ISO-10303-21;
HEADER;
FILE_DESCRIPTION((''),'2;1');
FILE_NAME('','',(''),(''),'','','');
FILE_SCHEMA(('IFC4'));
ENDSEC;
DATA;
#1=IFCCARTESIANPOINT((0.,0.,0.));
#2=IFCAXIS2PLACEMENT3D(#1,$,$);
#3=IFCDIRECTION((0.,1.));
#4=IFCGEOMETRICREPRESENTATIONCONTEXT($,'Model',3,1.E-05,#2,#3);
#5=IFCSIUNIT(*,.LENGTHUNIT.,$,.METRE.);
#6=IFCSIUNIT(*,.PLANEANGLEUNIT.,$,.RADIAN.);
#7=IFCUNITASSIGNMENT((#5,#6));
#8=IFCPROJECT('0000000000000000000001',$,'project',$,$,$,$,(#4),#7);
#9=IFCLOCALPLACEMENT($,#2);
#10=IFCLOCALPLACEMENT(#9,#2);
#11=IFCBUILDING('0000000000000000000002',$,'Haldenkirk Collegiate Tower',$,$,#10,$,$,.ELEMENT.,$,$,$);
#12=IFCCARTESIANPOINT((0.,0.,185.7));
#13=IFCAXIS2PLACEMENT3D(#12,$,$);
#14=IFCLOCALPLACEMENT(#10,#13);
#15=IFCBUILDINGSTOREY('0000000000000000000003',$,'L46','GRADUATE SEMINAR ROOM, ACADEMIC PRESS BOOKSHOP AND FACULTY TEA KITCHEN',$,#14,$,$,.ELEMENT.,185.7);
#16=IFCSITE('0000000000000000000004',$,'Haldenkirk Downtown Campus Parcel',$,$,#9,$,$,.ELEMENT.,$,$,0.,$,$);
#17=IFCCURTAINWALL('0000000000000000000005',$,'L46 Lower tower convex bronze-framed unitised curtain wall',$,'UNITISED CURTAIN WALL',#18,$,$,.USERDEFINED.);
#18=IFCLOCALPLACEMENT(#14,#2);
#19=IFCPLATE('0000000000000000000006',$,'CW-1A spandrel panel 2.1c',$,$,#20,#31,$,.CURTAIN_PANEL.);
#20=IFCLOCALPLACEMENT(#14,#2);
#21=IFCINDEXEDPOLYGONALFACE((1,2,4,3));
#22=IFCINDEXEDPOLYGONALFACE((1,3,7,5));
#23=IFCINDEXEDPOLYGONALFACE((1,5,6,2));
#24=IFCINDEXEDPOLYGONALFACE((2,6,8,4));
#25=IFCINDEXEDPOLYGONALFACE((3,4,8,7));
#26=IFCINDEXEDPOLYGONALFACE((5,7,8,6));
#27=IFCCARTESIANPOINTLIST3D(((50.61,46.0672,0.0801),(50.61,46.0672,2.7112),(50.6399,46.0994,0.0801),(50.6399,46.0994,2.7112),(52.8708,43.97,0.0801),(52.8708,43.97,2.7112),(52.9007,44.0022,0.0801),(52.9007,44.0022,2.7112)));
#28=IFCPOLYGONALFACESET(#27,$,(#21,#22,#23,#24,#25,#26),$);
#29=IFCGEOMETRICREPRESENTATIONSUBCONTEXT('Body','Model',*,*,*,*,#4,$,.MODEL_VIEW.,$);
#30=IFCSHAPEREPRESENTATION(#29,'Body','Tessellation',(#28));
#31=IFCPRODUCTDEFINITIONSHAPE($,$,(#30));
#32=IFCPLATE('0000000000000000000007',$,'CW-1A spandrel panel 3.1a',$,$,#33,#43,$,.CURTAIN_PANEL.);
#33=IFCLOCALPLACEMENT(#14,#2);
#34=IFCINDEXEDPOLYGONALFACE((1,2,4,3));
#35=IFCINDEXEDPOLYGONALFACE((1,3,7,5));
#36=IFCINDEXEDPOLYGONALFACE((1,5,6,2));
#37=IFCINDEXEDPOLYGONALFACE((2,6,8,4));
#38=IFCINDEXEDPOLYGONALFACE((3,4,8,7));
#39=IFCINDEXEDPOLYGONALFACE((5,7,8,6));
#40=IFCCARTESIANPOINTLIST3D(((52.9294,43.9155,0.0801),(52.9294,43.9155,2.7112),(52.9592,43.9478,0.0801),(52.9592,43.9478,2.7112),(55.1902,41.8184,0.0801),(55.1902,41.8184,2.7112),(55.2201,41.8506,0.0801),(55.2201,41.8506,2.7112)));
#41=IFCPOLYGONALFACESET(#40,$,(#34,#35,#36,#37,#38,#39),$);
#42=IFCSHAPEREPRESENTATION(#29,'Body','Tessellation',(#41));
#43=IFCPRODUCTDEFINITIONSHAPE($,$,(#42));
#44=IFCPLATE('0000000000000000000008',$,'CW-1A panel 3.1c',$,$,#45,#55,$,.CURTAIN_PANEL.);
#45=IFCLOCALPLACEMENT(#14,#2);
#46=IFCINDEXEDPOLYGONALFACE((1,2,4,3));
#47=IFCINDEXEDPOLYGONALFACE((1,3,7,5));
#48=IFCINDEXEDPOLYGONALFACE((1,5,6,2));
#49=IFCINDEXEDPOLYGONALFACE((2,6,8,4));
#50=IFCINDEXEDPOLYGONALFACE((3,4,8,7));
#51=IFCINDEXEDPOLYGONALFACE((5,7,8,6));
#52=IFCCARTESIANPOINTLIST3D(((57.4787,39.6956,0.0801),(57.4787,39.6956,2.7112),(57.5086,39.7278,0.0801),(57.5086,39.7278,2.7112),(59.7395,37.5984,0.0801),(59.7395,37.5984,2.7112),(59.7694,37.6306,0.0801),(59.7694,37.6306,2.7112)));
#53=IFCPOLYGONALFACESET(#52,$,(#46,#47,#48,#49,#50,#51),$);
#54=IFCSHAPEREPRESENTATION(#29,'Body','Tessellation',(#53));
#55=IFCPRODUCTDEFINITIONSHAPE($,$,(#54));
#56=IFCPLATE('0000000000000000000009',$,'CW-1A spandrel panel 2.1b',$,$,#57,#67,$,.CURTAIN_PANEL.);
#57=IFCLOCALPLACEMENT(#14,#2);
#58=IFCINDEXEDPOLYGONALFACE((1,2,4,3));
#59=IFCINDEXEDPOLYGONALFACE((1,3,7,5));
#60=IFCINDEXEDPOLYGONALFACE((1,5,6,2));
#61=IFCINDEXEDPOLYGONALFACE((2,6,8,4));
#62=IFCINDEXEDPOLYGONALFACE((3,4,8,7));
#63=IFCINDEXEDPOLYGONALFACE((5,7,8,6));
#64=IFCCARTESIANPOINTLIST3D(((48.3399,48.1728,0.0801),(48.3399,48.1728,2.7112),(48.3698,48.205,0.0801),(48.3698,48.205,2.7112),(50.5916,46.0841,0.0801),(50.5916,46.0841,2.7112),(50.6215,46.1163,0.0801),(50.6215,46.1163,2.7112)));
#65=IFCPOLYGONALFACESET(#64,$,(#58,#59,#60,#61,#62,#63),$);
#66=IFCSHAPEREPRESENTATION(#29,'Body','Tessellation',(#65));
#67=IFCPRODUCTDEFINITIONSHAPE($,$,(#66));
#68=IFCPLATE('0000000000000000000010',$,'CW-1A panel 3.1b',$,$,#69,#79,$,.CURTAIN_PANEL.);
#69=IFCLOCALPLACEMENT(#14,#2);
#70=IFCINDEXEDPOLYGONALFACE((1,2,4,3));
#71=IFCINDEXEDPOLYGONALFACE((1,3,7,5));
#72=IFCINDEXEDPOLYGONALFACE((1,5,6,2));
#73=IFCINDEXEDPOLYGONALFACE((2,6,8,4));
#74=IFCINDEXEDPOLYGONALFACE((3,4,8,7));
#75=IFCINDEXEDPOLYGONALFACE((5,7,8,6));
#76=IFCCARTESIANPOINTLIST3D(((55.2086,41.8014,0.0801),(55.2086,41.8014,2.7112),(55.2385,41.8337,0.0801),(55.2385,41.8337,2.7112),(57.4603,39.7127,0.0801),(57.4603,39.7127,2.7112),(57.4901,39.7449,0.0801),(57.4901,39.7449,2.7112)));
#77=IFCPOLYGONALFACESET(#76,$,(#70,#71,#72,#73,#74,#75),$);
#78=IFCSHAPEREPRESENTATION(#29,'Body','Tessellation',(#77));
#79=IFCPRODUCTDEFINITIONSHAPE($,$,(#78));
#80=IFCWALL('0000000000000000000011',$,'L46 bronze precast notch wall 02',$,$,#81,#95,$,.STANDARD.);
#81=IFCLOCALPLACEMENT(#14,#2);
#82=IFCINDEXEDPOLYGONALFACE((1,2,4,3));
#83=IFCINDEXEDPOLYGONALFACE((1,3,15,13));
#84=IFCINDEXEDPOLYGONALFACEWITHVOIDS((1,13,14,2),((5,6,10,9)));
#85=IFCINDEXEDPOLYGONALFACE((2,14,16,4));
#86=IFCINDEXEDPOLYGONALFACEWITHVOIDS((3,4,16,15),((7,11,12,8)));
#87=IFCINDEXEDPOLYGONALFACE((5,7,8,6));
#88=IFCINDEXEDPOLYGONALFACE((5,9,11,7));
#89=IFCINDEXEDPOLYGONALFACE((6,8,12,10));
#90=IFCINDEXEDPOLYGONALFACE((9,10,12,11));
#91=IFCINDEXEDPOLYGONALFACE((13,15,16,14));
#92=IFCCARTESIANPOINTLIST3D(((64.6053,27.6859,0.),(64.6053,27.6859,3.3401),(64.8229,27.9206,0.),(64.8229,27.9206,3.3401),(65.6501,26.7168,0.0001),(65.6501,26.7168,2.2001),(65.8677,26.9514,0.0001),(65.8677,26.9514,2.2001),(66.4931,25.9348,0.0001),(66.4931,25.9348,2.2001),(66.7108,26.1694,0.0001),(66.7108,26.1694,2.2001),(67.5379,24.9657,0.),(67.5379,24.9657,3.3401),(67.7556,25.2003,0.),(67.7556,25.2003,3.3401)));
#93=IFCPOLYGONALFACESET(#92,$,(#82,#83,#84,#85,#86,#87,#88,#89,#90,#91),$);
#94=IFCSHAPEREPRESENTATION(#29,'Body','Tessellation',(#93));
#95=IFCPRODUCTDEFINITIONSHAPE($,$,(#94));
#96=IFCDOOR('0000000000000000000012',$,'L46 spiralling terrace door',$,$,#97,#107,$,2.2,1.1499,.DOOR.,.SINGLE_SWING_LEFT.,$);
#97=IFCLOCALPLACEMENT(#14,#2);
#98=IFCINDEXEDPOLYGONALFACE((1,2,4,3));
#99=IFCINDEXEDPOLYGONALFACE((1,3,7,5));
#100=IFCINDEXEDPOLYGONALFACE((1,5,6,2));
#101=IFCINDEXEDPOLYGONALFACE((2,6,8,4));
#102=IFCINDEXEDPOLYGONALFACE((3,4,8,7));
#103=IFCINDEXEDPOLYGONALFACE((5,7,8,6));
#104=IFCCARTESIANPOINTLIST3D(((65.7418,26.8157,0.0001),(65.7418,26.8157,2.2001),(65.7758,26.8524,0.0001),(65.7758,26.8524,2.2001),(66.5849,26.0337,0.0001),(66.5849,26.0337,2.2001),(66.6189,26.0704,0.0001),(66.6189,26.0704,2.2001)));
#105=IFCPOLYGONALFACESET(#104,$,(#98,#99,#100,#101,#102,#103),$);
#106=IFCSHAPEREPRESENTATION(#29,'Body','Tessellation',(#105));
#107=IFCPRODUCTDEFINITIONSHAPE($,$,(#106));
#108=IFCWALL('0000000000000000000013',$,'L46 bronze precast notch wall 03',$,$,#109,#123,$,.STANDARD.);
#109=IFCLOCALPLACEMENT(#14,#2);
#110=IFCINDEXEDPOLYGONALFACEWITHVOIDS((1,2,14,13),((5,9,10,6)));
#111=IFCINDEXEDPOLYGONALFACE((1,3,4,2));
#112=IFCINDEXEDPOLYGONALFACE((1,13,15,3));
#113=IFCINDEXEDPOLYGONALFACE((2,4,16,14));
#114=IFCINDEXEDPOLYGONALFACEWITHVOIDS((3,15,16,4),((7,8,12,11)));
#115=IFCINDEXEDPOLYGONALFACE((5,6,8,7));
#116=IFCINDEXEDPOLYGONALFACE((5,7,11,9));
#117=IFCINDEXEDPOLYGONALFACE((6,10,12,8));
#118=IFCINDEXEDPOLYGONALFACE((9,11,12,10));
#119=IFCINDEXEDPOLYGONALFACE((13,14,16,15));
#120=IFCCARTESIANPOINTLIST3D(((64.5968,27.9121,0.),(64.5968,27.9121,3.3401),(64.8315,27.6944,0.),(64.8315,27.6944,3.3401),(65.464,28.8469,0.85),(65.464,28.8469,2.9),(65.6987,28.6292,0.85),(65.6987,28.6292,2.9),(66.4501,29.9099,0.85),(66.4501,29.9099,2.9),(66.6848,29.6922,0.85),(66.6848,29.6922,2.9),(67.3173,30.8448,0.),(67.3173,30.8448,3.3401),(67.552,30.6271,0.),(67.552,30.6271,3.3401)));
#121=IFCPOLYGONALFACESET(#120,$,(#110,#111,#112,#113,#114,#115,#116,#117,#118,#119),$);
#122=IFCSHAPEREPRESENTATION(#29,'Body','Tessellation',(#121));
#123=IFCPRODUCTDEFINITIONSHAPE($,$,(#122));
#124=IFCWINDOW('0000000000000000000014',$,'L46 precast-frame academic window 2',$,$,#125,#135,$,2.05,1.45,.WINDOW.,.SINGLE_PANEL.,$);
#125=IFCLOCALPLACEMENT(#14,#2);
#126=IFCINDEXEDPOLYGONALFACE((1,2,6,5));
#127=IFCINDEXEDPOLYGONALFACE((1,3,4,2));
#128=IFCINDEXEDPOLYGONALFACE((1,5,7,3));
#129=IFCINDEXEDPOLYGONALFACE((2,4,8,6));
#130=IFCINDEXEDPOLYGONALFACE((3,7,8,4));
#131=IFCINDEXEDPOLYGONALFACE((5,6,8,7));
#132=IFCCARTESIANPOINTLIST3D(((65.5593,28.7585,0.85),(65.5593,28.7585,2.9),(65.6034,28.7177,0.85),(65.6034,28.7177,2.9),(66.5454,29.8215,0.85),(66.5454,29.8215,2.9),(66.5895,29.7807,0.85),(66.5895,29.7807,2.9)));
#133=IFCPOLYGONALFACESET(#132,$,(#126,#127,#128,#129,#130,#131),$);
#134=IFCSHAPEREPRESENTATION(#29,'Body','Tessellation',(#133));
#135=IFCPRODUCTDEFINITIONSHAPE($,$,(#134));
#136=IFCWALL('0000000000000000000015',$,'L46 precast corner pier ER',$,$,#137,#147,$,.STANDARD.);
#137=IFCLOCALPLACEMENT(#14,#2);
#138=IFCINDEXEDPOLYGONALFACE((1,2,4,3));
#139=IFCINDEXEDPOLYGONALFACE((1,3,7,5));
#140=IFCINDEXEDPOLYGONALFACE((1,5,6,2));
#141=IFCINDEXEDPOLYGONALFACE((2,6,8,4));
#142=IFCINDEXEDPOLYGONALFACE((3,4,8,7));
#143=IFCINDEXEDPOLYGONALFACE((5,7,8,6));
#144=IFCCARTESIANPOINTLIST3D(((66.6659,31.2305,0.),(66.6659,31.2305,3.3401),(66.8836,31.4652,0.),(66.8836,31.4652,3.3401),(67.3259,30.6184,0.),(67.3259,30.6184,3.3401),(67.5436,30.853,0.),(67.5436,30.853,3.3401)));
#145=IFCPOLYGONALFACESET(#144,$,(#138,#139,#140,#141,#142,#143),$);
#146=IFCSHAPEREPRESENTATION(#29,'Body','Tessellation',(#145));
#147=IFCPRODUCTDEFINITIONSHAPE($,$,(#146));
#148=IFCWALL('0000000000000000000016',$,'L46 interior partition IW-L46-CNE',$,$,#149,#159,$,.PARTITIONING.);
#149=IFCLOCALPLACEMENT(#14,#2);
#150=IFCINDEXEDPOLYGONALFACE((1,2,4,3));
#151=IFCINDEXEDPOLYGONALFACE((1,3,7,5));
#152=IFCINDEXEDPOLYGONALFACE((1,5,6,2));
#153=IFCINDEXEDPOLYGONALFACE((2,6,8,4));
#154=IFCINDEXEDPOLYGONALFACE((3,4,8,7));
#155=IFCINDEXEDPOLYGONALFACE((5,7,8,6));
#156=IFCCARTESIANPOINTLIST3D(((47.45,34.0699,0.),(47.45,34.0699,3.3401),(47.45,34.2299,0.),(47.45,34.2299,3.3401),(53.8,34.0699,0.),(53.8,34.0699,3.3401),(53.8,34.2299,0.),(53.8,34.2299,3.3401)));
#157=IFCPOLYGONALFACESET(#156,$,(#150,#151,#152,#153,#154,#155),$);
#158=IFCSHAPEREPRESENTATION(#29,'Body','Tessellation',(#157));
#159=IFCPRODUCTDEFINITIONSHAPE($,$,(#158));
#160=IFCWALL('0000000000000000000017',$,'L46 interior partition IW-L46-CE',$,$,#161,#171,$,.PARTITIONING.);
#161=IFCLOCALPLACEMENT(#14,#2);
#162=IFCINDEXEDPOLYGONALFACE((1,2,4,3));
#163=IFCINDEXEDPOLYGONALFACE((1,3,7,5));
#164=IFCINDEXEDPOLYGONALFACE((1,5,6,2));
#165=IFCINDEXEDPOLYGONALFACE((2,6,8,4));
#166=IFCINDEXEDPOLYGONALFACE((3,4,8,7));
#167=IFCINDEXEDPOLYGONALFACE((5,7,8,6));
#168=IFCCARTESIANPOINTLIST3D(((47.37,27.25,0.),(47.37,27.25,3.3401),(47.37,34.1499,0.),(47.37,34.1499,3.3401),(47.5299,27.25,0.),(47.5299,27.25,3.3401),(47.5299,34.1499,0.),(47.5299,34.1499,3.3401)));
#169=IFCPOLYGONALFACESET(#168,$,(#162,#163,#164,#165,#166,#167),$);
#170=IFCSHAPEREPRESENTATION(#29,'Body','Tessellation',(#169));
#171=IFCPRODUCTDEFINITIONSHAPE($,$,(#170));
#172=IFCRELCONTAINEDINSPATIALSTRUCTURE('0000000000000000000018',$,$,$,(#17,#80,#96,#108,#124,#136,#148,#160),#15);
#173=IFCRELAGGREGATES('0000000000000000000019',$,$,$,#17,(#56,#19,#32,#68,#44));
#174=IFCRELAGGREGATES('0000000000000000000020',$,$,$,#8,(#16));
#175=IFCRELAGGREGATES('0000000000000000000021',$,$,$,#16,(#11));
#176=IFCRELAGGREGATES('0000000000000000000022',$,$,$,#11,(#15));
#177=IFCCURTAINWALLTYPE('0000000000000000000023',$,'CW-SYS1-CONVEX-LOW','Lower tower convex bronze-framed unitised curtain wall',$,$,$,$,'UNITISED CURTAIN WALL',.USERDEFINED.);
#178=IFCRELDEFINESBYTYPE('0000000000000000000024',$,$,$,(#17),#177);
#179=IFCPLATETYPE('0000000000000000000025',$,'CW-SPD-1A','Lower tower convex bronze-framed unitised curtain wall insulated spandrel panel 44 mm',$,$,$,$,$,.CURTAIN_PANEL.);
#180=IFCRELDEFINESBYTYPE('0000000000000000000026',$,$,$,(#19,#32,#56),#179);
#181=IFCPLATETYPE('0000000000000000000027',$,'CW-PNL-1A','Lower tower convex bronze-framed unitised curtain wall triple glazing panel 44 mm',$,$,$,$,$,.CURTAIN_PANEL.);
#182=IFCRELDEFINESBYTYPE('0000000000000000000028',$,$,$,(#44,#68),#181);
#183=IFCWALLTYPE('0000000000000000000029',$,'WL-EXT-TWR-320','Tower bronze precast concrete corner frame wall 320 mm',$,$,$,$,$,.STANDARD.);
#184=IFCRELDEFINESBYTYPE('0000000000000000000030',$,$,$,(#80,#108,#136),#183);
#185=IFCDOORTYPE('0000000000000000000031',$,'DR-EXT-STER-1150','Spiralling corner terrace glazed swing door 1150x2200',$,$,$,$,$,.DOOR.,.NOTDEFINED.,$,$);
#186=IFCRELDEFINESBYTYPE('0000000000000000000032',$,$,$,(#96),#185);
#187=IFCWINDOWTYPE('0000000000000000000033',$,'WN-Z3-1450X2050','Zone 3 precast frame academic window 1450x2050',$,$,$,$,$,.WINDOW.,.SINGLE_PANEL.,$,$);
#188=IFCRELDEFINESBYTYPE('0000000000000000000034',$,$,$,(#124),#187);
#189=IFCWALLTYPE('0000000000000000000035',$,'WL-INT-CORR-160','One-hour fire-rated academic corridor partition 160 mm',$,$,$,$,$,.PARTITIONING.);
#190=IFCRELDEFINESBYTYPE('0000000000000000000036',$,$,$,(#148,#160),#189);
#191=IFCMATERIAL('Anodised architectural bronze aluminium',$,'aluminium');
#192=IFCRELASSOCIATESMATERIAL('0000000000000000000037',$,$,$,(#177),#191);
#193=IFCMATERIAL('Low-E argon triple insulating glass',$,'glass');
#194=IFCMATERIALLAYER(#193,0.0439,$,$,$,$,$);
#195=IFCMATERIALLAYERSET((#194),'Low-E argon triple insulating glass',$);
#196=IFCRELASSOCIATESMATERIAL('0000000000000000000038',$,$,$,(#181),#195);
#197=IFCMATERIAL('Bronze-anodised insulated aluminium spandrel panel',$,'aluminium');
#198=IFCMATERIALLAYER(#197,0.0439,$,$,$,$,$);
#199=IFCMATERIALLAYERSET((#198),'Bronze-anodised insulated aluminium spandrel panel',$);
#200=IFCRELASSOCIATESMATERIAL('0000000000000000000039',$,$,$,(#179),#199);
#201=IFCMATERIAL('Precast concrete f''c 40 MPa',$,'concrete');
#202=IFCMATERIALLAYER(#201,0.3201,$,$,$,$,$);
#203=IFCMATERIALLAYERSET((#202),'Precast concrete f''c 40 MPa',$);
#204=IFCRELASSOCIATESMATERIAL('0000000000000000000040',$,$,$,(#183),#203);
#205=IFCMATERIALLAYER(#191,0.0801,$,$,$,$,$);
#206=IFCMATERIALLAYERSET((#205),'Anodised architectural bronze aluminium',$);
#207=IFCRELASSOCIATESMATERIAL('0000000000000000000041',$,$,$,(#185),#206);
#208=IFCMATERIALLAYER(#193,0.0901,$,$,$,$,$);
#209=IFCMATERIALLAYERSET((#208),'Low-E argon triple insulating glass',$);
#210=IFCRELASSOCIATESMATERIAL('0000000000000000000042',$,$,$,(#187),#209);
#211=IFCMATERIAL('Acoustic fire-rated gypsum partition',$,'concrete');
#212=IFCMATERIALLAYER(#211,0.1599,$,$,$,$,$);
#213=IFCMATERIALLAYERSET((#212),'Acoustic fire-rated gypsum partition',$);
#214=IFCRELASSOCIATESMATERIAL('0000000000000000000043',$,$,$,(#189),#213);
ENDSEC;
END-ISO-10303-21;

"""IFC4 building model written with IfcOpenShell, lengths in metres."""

from ifc_helpers import new_model, si_unit, direction, frame, frame_2d, origin, origin_2d, place, context, subcontext, project, spatial, rectangle, extrude, source, transform, mapped, material, layer, layer_set, type_object, element, fill, aggregate, save


model = new_model("IFC4")

# Units and contexts
model_context = context("Model", 3, precision=1e-05, world=origin(), true_north=direction((0.0, 1.0)))
body_context = subcontext(model_context, "Body", "Model", "MODEL_VIEW")
ifc_project = project(units=[si_unit("LENGTHUNIT", "METRE"), si_unit("PLANEANGLEUNIT", "RADIAN")], contexts=[model_context])

# Site, building, storey
site_placement = place(None, origin())
site = spatial("IfcSite", under=ifc_project, at=site_placement, Name="Haldenkirk Downtown Campus Parcel", CompositionType="ELEMENT", RefElevation=0.0)
building_placement = place(site_placement, origin())
building = spatial("IfcBuilding", under=site, at=building_placement, Name="Haldenkirk Collegiate Tower", CompositionType="ELEMENT")
storey_placement = place(building_placement, frame((0.0, 0.0, 185.7)))
storey = spatial("IfcBuildingStorey", under=building, at=storey_placement, Name="L46", Description="GRADUATE SEMINAR ROOM, ACADEMIC PRESS BOOKSHOP AND FACULTY TEA KITCHEN", CompositionType="ELEMENT", Elevation=185.7)

# Curtain wall, plates
ifc_material_1 = material(Name="Anodised architectural bronze aluminium", Category="aluminium")
curtain_wall_type = type_object("IfcCurtainWallType", Name="CW-SYS1-CONVEX-LOW", Description="Lower tower convex bronze-framed unitised curtain wall", ElementType="UNITISED CURTAIN WALL", PredefinedType="USERDEFINED", material=ifc_material_1)
curtain_wall_placement = place(storey_placement, origin())
curtain_wall = element("IfcCurtainWall", 1, at=curtain_wall_placement, inside=storey, type_object=curtain_wall_type, Name="L46 Lower tower convex bronze-framed unitised curtain wall", ObjectType="UNITISED CURTAIN WALL", PredefinedType="USERDEFINED")
ifc_material_2 = material(Name="Low-E argon triple insulating glass", Category="glass")
ifc_layer_1 = layer(ifc_material_2, 0.0439)
ifc_layer_set_1 = layer_set([ifc_layer_1], Name="Low-E argon triple insulating glass")
plate_type_1 = type_object("IfcPlateType", Name="CW-PNL-1A", Description="Lower tower convex bronze-framed unitised curtain wall triple glazing panel 44 mm", PredefinedType="CURTAIN_PANEL", material=ifc_layer_set_1)
ifc_material_3 = material(Name="Bronze-anodised insulated aluminium spandrel panel", Category="aluminium")
ifc_layer_2 = layer(ifc_material_3, 0.0439)
ifc_layer_set_2 = layer_set([ifc_layer_2], Name="Bronze-anodised insulated aluminium spandrel panel")
plate_type_2 = type_object("IfcPlateType", Name="CW-SPD-1A", Description="Lower tower convex bronze-framed unitised curtain wall insulated spandrel panel 44 mm", PredefinedType="CURTAIN_PANEL", material=ifc_layer_set_2)
shared_shape_1 = source(origin(), body_context, "Body", "SweptSolid", [
    extrude(rectangle(XDim=3.0837, YDim=0.0439, at=origin_2d()), origin(), (0.0, 0.0, 1.0), 2.6311),
])
plate_1_placement = place(storey_placement, frame((51.7554, 45.0347, 0.0801), z_axis=(0.0, 0.0, 1.0), x_axis=(0.733139, -0.680079, 0.0)))
plate_1 = element("IfcPlate", 2, at=plate_1_placement, type_object=plate_type_2, Name="CW-1A spandrel panel 2.1c", PredefinedType="CURTAIN_PANEL", context=body_context, shape_type="MappedRepresentation", body=[
    mapped(shared_shape_1, transform((0.0, 0.0, 0.0), x_axis=(1.0, 0.0, 0.0), y_axis=(0.0, 1.0, 0.0), z_axis=(0.0, 0.0, 1.0), scale=1.0)),
])
plate_2_placement = place(storey_placement, frame((54.0747, 42.8831, 0.0801), z_axis=(0.0, 0.0, 1.0), x_axis=(0.733139, -0.680079, 0.0)))
plate_2 = element("IfcPlate", 3, at=plate_2_placement, type_object=plate_type_2, Name="CW-1A spandrel panel 3.1a", PredefinedType="CURTAIN_PANEL", context=body_context, shape_type="MappedRepresentation", body=[
    mapped(shared_shape_1, transform((0.0, 0.0, 0.0), x_axis=(1.0, 0.0, 0.0), y_axis=(0.0, 1.0, 0.0), z_axis=(0.0, 0.0, 1.0), scale=1.0)),
])
plate_3_placement = place(storey_placement, frame((58.624, 38.6631, 0.0801), z_axis=(0.0, 0.0, 1.0), x_axis=(0.733139, -0.680079, 0.0)))
plate_3 = element("IfcPlate", 4, at=plate_3_placement, type_object=plate_type_1, Name="CW-1A panel 3.1c", PredefinedType="CURTAIN_PANEL", context=body_context, shape_type="MappedRepresentation", body=[
    mapped(shared_shape_1, transform((0.0, 0.0, 0.0), x_axis=(1.0, 0.0, 0.0), y_axis=(0.0, 1.0, 0.0), z_axis=(0.0, 0.0, 1.0), scale=1.0)),
])
shared_shape_2 = source(origin(), body_context, "Body", "SweptSolid", [
    extrude(rectangle(XDim=3.0713, YDim=0.0439, at=origin_2d()), origin(), (0.0, 0.0, 1.0), 2.6311),
])
plate_4_placement = place(storey_placement, frame((49.4807, 47.1445, 0.0801), z_axis=(0.0, 0.0, 1.0), x_axis=(0.733139, -0.680079, 0.0)))
plate_4 = element("IfcPlate", 5, at=plate_4_placement, type_object=plate_type_2, Name="CW-1A spandrel panel 2.1b", PredefinedType="CURTAIN_PANEL", context=body_context, shape_type="MappedRepresentation", body=[
    mapped(shared_shape_2, transform((0.0, 0.0, 0.0), x_axis=(1.0, 0.0, 0.0), y_axis=(0.0, 1.0, 0.0), z_axis=(0.0, 0.0, 1.0), scale=1.0)),
])
plate_5_placement = place(storey_placement, frame((56.3494, 40.7732, 0.0801), z_axis=(0.0, 0.0, 1.0), x_axis=(0.733139, -0.680079, 0.0)))
plate_5 = element("IfcPlate", 6, at=plate_5_placement, type_object=plate_type_1, Name="CW-1A panel 3.1b", PredefinedType="CURTAIN_PANEL", context=body_context, shape_type="MappedRepresentation", body=[
    mapped(shared_shape_2, transform((0.0, 0.0, 0.0), x_axis=(1.0, 0.0, 0.0), y_axis=(0.0, 1.0, 0.0), z_axis=(0.0, 0.0, 1.0), scale=1.0)),
])
aggregate(curtain_wall, [plate_4, plate_1, plate_2, plate_5, plate_3])

# Wall, opening, door
ifc_material_4 = material(Name="Precast concrete f'c 40 MPa", Category="concrete")
ifc_layer_3 = layer(ifc_material_4, 0.3201)
ifc_layer_set_3 = layer_set([ifc_layer_3], Name="Precast concrete f'c 40 MPa")
wall_type_1 = type_object("IfcWallType", Name="WL-EXT-TWR-320", Description="Tower bronze precast concrete corner frame wall 320 mm", PredefinedType="STANDARD", material=ifc_layer_set_3)
wall_1_placement = place(storey_placement, frame((64.7141, 27.8032, 0.0), z_axis=(0.0, 0.0, 1.0), x_axis=(0.733159, -0.680058, 0.0)))
wall_1 = element("IfcWall", 7, at=wall_1_placement, inside=storey, type_object=wall_type_1, Name="L46 bronze precast notch wall 02", PredefinedType="STANDARD", context=body_context, shape_type="SweptSolid", body=[
    extrude(rectangle(XDim=4.0, YDim=0.3201, at=frame_2d((2.0, 0.0))), origin(), (0.0, 0.0, 1.0), 3.3401),
])
opening_1_placement = place(wall_1_placement, frame((1.425, 0.0, 0.0)))
opening_1 = element("IfcOpeningElement", 8, at=opening_1_placement, cuts=wall_1, PredefinedType="OPENING", context=body_context, shape_type="SweptSolid", body=[
    extrude(rectangle(XDim=1.1499, YDim=2.2, at=frame_2d((0.575, 1.1001))), frame((0.0, 0.1699, 0.0), z_axis=(0.0, -1.0, 0.0), x_axis=(1.0, 0.0, 0.0)), (0.0, 0.0, 1.0), 0.3401),
])
ifc_layer_4 = layer(ifc_material_1, 0.0801)
ifc_layer_set_4 = layer_set([ifc_layer_4], Name="Anodised architectural bronze aluminium")
door_type = type_object("IfcDoorType", Name="DR-EXT-STER-1150", Description="Spiralling corner terrace glazed swing door 1150x2200", OperationType="NOTDEFINED", PredefinedType="DOOR", material=ifc_layer_set_4)
door_placement = place(opening_1_placement, origin())
door = element("IfcDoor", 9, at=door_placement, inside=storey, type_object=door_type, Name="L46 spiralling terrace door", OperationType="SINGLE_SWING_LEFT", OverallHeight=2.2, OverallWidth=1.1499, PredefinedType="DOOR", context=body_context, shape_type="SweptSolid", body=[
    extrude(rectangle(XDim=1.1499, YDim=2.2, at=frame_2d((0.575, 1.1001))), frame((0.0, 0.0249, 0.0), z_axis=(0.0, -1.0, 0.0), x_axis=(1.0, 0.0, 0.0)), (0.0, 0.0, 1.0), 0.05),
])
fill(opening_1, door)

# Wall, opening, window
wall_2_placement = place(storey_placement, frame((67.4346, 30.7358, 0.0), z_axis=(0.0, 0.0, 1.0), x_axis=(-0.680091, -0.733128, 0.0)))
wall_2 = element("IfcWall", 10, at=wall_2_placement, inside=storey, type_object=wall_type_1, Name="L46 bronze precast notch wall 03", PredefinedType="STANDARD", context=body_context, shape_type="SweptSolid", body=[
    extrude(rectangle(XDim=4.0002, YDim=0.3201, at=frame_2d((2.0, 0.0))), origin(), (0.0, 0.0, 1.0), 3.3401),
])
opening_2_placement = place(wall_2_placement, frame((1.2749, 0.0, 0.8501)))
opening_2 = element("IfcOpeningElement", 11, at=opening_2_placement, cuts=wall_2, PredefinedType="OPENING", context=body_context, shape_type="SweptSolid", body=[
    extrude(rectangle(XDim=1.45, YDim=2.05, at=frame_2d((0.7251, 1.0249))), frame((0.0, 0.1699, 0.0), z_axis=(0.0, -1.0, 0.0), x_axis=(1.0, 0.0, 0.0)), (0.0, 0.0, 1.0), 0.3401),
])
ifc_layer_5 = layer(ifc_material_2, 0.0901)
ifc_layer_set_5 = layer_set([ifc_layer_5], Name="Low-E argon triple insulating glass")
window_type = type_object("IfcWindowType", Name="WN-Z3-1450X2050", Description="Zone 3 precast frame academic window 1450x2050", PartitioningType="SINGLE_PANEL", PredefinedType="WINDOW", material=ifc_layer_set_5)
window_placement = place(opening_2_placement, origin())
window = element("IfcWindow", 12, at=window_placement, inside=storey, type_object=window_type, Name="L46 precast-frame academic window 2", OverallHeight=2.05, OverallWidth=1.45, PartitioningType="SINGLE_PANEL", PredefinedType="WINDOW", context=body_context, shape_type="SweptSolid", body=[
    extrude(rectangle(XDim=1.45, YDim=2.05, at=frame_2d((0.7251, 1.0249))), frame((0.0, 0.03, 0.0), z_axis=(0.0, -1.0, 0.0), x_axis=(1.0, 0.0, 0.0)), (0.0, 0.0, 1.0), 0.0601),
])
fill(opening_2, window)

# Walls
wall_3_placement = place(storey_placement, frame((66.7747, 31.3479, 0.0), z_axis=(0.0, 0.0, 1.0), x_axis=(0.733189, -0.680024, 0.0)))
element("IfcWall", 13, at=wall_3_placement, inside=storey, type_object=wall_type_1, Name="L46 precast corner pier ER", PredefinedType="STANDARD", context=body_context, shape_type="SweptSolid", body=[
    extrude(rectangle(XDim=0.9001, YDim=0.3201, at=frame_2d((0.4502, 0.0))), origin(), (0.0, 0.0, 1.0), 3.3401),
])
ifc_material_5 = material(Name="Acoustic fire-rated gypsum partition", Category="concrete")
ifc_layer_6 = layer(ifc_material_5, 0.1599)
ifc_layer_set_6 = layer_set([ifc_layer_6], Name="Acoustic fire-rated gypsum partition")
wall_type_2 = type_object("IfcWallType", Name="WL-INT-CORR-160", Description="One-hour fire-rated academic corridor partition 160 mm", PredefinedType="PARTITIONING", material=ifc_layer_set_6)
wall_4_placement = place(storey_placement, frame((47.45, 34.1499, 0.0), z_axis=(0.0, 0.0, 1.0), x_axis=(1.0, 0.0, 0.0)))
element("IfcWall", 14, at=wall_4_placement, inside=storey, type_object=wall_type_2, Name="L46 interior partition IW-L46-CNE", PredefinedType="PARTITIONING", context=body_context, shape_type="SweptSolid", body=[
    extrude(rectangle(XDim=6.3501, YDim=0.1599, at=frame_2d((3.175, 0.0))), origin(), (0.0, 0.0, 1.0), 3.3401),
])
wall_5_placement = place(storey_placement, frame((47.45, 27.25, 0.0), z_axis=(0.0, 0.0, 1.0), x_axis=(0.0, 1.0, 0.0)))
element("IfcWall", 15, at=wall_5_placement, inside=storey, type_object=wall_type_2, Name="L46 interior partition IW-L46-CE", PredefinedType="PARTITIONING", context=body_context, shape_type="SweptSolid", body=[
    extrude(rectangle(XDim=6.8999, YDim=0.1599, at=frame_2d((3.45, 0.0))), origin(), (0.0, 0.0, 1.0), 3.3401),
])

save(model, "model.ifc")
